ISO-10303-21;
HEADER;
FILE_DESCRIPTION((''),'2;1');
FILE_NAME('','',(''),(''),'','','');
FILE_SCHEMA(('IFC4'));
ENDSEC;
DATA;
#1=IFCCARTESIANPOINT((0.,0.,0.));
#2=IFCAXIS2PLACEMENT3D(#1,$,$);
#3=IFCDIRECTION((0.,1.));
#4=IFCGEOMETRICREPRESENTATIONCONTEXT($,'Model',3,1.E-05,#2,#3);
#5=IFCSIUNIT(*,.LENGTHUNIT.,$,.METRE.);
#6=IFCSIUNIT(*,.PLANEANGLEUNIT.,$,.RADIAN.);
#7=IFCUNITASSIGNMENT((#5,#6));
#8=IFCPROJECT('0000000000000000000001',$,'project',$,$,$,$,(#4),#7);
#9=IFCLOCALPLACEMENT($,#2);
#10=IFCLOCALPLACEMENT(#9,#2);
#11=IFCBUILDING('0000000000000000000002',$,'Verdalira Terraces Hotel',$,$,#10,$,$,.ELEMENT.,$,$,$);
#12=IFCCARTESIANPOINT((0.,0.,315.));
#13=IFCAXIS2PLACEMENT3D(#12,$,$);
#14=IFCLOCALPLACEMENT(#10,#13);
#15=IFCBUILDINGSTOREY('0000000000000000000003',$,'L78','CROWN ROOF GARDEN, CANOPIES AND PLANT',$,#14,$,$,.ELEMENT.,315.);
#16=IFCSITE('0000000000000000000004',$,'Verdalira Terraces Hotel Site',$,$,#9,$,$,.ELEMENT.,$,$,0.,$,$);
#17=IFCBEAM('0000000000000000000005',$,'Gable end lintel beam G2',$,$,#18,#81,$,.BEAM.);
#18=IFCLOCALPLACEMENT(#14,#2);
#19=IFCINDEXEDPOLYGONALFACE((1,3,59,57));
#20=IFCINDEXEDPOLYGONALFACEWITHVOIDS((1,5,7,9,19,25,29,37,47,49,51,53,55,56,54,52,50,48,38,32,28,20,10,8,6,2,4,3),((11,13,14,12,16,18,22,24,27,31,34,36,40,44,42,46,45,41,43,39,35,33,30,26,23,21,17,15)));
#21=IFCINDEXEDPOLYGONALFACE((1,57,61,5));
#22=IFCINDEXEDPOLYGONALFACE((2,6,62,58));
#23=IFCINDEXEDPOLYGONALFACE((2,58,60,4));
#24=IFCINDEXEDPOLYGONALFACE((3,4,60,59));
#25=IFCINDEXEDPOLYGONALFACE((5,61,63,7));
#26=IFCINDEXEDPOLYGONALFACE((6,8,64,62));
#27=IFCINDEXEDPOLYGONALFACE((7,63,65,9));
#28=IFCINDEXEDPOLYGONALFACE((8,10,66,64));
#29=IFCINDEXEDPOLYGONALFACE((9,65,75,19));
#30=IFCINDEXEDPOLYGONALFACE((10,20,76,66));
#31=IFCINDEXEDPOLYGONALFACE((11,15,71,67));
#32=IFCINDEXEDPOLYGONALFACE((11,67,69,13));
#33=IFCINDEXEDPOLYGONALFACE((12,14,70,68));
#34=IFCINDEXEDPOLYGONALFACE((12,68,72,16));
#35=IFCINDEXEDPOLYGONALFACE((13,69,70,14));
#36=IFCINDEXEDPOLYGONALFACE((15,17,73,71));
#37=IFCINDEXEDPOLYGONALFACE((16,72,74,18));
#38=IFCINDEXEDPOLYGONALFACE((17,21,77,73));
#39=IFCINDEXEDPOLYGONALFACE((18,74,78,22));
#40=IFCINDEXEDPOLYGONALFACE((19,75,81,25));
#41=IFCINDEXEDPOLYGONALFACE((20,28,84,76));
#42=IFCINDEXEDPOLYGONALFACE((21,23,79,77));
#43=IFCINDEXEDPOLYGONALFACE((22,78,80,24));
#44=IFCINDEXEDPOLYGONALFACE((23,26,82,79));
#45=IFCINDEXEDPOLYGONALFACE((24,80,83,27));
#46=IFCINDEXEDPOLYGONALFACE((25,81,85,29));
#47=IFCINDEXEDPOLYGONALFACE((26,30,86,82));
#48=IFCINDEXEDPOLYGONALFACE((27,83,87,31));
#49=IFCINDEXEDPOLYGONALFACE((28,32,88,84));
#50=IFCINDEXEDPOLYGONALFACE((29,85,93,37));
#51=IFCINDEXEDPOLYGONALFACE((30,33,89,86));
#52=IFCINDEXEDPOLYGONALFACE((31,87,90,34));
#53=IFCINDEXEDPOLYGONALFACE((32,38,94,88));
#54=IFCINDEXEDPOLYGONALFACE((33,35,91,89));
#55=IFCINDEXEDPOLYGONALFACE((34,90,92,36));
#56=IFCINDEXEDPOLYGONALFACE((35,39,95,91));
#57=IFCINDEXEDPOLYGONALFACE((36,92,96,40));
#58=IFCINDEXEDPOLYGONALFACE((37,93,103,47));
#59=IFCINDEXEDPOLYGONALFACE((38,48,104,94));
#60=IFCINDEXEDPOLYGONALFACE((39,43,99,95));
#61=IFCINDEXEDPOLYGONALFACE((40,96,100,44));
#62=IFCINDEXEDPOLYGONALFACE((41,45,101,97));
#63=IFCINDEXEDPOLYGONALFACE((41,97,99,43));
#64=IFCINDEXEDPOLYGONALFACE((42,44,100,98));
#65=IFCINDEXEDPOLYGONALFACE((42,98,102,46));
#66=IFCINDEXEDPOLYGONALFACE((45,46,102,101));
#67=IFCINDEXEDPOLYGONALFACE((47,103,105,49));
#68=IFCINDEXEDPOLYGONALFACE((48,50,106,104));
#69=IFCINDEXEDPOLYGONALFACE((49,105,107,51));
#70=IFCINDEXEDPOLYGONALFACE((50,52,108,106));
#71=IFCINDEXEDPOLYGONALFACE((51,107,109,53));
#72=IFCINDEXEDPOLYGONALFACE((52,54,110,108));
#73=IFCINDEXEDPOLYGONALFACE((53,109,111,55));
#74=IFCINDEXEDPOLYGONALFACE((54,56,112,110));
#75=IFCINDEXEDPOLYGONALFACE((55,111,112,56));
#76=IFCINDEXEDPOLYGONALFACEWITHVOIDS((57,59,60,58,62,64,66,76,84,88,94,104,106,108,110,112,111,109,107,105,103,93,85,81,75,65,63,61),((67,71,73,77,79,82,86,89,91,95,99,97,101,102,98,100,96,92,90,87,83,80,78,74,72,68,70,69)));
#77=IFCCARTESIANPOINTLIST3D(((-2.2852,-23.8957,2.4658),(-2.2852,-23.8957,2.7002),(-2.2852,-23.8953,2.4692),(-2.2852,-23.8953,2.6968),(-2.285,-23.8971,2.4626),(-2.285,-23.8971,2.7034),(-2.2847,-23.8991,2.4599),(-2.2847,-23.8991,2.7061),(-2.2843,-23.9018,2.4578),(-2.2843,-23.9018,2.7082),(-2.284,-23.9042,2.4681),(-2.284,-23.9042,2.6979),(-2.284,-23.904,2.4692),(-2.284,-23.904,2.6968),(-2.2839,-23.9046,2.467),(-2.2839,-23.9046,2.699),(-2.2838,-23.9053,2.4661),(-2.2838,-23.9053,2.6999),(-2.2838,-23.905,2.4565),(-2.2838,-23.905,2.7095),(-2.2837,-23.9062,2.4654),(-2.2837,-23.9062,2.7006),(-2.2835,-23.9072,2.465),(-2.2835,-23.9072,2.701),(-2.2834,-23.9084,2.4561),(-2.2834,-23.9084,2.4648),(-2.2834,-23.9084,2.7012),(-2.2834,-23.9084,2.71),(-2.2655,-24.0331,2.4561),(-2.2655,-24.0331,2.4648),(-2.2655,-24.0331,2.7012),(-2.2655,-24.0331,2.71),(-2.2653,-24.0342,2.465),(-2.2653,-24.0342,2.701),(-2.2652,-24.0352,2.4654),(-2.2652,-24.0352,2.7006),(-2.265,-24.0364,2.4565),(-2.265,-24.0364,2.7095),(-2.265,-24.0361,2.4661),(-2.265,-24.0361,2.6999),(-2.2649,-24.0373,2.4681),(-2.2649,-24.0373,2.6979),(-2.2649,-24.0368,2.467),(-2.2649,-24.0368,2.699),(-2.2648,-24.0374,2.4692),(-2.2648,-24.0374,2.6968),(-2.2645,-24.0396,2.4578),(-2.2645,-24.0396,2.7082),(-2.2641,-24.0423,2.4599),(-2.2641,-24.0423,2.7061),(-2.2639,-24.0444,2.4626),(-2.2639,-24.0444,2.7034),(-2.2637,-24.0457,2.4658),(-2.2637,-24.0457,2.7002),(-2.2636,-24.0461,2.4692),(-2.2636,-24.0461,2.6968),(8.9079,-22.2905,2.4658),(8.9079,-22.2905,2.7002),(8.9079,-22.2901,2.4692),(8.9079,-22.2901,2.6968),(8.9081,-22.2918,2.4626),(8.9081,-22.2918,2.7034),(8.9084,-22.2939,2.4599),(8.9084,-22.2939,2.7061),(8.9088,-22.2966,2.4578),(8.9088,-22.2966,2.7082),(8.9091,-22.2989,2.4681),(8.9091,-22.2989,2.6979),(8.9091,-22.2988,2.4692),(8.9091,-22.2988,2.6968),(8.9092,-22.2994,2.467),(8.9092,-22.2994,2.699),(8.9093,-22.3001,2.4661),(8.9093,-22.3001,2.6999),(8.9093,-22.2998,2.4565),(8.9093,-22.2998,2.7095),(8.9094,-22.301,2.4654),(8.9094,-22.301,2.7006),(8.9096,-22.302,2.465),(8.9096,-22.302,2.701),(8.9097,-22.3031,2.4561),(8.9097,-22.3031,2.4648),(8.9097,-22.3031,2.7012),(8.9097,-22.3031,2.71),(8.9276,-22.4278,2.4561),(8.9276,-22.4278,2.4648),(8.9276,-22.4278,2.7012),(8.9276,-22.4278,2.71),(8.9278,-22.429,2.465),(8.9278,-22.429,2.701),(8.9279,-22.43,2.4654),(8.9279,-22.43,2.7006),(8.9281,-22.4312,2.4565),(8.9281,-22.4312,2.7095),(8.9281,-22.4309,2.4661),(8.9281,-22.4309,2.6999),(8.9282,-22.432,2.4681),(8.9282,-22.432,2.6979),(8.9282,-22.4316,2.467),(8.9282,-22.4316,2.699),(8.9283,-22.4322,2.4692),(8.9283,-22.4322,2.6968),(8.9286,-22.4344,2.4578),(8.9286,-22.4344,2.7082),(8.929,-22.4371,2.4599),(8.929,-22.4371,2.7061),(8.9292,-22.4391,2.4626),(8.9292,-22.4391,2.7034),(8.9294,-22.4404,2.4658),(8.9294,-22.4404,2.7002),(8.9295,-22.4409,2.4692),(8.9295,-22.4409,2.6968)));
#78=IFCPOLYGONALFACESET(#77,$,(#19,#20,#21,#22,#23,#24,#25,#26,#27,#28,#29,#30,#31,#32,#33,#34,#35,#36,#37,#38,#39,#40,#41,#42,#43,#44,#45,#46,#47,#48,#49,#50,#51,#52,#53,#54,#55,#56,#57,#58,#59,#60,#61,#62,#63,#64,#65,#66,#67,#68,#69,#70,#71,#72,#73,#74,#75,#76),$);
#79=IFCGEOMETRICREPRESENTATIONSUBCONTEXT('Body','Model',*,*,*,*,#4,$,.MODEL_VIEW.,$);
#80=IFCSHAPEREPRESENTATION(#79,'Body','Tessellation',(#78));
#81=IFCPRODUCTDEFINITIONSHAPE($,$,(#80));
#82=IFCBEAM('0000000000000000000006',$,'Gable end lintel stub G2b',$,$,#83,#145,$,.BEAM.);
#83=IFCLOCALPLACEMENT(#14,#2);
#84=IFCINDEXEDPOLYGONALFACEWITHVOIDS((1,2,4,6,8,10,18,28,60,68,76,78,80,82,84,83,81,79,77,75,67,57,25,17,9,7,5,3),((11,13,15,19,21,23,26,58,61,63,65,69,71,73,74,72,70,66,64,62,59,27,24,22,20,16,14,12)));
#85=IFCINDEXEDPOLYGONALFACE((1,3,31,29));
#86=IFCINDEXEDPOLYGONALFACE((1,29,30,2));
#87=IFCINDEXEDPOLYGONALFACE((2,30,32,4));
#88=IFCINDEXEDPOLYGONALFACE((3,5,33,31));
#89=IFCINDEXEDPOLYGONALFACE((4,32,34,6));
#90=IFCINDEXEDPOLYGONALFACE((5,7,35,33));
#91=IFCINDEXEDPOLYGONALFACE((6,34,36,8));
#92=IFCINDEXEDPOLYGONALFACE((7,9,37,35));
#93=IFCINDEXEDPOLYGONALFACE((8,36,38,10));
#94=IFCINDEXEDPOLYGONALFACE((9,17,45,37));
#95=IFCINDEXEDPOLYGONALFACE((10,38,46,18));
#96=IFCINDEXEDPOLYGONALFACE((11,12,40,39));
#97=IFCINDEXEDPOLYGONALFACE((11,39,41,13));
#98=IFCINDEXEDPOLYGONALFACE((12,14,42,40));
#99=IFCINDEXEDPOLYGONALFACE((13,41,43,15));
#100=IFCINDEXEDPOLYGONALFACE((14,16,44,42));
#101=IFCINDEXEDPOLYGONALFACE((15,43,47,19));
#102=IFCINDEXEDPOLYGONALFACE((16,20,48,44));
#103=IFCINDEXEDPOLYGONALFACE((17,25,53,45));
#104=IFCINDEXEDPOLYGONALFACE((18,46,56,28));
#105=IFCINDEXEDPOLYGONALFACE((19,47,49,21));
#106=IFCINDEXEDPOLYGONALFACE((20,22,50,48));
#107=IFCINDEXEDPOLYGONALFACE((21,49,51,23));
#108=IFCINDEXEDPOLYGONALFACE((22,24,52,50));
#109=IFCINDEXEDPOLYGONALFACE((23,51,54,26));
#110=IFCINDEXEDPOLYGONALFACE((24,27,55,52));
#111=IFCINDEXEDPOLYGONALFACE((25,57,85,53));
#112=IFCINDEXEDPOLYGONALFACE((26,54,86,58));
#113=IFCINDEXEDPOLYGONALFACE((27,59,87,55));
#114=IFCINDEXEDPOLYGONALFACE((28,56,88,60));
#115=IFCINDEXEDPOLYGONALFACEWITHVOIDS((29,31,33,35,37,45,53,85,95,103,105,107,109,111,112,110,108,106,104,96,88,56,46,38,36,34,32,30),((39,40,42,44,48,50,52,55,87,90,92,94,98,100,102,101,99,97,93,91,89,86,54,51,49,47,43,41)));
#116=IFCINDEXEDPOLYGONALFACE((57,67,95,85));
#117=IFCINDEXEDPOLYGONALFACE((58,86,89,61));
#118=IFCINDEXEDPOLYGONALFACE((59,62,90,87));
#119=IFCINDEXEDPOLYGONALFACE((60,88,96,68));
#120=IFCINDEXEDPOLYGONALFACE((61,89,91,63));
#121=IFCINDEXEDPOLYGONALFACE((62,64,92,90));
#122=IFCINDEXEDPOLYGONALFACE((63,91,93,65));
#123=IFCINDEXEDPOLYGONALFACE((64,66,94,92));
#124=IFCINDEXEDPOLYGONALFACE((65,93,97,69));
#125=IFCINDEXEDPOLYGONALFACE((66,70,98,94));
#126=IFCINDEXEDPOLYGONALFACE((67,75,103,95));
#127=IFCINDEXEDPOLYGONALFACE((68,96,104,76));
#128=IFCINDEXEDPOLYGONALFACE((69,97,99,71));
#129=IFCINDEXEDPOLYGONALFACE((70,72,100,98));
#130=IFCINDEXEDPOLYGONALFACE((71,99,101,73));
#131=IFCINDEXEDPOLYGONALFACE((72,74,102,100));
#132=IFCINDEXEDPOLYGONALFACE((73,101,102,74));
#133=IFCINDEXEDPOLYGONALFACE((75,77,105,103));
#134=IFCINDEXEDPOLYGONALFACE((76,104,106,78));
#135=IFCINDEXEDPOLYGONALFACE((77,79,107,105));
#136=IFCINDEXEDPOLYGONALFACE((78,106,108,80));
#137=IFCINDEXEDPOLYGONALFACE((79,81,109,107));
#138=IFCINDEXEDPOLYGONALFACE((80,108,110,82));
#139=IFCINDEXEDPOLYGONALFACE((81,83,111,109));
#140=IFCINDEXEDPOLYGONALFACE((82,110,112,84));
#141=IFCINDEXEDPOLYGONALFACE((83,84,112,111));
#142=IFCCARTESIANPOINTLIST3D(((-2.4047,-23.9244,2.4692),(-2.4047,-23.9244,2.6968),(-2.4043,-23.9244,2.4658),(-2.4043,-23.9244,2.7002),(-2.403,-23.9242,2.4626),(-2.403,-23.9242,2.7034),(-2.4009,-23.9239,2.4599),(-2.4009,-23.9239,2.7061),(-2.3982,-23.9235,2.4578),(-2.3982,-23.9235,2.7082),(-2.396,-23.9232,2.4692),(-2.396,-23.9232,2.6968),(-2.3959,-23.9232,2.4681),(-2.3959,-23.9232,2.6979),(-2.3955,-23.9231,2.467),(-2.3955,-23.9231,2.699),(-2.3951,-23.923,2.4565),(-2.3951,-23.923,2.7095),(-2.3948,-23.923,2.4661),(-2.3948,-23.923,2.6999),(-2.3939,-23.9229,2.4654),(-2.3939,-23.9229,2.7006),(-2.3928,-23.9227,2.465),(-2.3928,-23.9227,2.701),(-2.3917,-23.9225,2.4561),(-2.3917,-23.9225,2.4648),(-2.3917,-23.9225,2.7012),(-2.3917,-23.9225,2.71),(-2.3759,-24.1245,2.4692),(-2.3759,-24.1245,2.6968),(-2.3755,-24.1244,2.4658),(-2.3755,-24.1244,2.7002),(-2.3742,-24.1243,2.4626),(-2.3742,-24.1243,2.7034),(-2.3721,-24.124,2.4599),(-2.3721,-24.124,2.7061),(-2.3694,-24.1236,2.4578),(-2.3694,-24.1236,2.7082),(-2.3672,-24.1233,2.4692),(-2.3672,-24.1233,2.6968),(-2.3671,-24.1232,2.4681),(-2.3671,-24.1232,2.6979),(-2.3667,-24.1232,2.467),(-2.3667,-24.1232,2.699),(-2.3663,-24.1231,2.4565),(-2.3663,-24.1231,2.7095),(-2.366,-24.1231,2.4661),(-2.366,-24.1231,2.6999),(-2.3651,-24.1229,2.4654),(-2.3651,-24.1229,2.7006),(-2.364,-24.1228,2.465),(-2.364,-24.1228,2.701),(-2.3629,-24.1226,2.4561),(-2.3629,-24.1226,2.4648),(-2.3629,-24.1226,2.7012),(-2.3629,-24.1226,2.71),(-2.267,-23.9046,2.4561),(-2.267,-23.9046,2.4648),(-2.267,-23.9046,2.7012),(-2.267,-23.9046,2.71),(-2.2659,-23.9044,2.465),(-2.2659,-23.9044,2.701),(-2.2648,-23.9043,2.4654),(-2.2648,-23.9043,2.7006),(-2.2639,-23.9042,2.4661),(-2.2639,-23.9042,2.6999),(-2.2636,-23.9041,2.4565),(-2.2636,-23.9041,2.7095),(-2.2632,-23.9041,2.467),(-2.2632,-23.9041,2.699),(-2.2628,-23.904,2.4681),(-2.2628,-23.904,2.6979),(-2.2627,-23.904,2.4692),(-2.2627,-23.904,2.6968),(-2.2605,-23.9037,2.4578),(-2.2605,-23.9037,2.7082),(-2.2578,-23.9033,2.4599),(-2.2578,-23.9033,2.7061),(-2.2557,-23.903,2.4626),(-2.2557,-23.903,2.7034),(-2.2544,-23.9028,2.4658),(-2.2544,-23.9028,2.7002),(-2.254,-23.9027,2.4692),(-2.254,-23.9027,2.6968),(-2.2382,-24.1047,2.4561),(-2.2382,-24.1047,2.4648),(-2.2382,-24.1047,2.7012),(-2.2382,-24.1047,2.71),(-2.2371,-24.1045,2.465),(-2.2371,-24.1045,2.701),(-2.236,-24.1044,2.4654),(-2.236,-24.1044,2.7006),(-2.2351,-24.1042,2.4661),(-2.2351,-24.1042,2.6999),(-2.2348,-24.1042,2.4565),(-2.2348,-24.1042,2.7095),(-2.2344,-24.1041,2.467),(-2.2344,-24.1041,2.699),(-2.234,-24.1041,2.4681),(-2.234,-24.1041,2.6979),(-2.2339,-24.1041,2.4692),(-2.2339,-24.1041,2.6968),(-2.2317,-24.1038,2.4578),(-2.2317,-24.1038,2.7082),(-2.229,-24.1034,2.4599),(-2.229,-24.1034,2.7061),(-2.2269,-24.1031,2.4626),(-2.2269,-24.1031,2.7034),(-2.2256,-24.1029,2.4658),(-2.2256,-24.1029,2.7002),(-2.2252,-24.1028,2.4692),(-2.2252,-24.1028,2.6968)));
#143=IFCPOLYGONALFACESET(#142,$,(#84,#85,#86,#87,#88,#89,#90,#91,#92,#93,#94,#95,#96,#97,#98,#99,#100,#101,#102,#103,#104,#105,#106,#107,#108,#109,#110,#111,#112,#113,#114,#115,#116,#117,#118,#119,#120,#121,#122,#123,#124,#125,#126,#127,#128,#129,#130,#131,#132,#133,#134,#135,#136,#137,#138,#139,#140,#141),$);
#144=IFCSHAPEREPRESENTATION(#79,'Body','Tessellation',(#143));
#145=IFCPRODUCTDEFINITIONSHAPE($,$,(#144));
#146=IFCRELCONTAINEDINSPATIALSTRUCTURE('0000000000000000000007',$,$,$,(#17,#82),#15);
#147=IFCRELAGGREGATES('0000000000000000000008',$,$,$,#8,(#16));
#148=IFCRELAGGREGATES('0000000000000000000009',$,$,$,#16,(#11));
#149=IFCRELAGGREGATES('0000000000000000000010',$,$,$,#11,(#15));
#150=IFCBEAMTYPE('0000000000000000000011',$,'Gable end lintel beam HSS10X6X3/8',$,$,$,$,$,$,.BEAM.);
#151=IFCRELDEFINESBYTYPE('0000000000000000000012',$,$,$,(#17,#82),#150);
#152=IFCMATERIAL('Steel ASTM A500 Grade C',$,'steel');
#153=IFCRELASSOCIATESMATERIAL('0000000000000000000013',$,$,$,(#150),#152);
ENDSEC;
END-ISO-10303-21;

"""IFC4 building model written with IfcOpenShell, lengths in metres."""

from ifc_helpers import new_model, si_unit, direction, frame, origin, origin_2d, place, context, subcontext, project, spatial, hollow_rectangle, extrude, material, material_profile, profile_set, type_object, element, save


model = new_model("IFC4")

# Units and contexts
model_context = context("Model", 3, precision=1e-05, world=origin(), true_north=direction((0.0, 1.0)))
body_context = subcontext(model_context, "Body", "Model", "MODEL_VIEW")
ifc_project = project(units=[si_unit("LENGTHUNIT", "METRE"), si_unit("PLANEANGLEUNIT", "RADIAN")], contexts=[model_context])

# Site, building, storey
site_placement = place(None, origin())
site = spatial("IfcSite", under=ifc_project, at=site_placement, Name="Verdalira Terraces Hotel Site", CompositionType="ELEMENT", RefElevation=0.0)
building_placement = place(site_placement, origin())
building = spatial("IfcBuilding", under=site, at=building_placement, Name="Verdalira Terraces Hotel", CompositionType="ELEMENT")
storey_placement = place(building_placement, frame((0.0, 0.0, 315.0)))
storey = spatial("IfcBuildingStorey", under=building, at=storey_placement, Name="L78", Description="CROWN ROOF GARDEN, CANOPIES AND PLANT", CompositionType="ELEMENT", Elevation=315.0)

# Beams
ifc_material_1 = material(Name="Steel ASTM A500 Grade C", Category="steel")
ifc_material_profile_1 = material_profile(ifc_material_1, hollow_rectangle(XDim=0.1523, YDim=0.2539, WallThickness=0.0088, InnerFilletRadius=0.0044, OuterFilletRadius=0.0132, at=origin_2d()), Name="HSS10X6X3/8")
ifc_profile_set_1 = profile_set([ifc_material_profile_1], Name="Steel ASTM A500 Grade C")
beam_type_1 = type_object("IfcBeamType", Name="Gable end lintel beam HSS10X6X3/8", PredefinedType="BEAM", material=ifc_profile_set_1)
beam_1_placement = place(storey_placement, frame((-2.2744, -23.9707, 2.583), z_axis=(0.989872, 0.141959, 0.0), x_axis=(-0.141959, 0.989872, 0.0)))
element("IfcBeam", 1, at=beam_1_placement, inside=storey, type_object=beam_type_1, Name="Gable end lintel beam G2", PredefinedType="BEAM", context=body_context, shape_type="SweptSolid", body=[
    extrude(hollow_rectangle(XDim=0.1523, YDim=0.2539, WallThickness=0.0088, InnerFilletRadius=0.0044, OuterFilletRadius=0.0132, at=origin_2d()), origin(), (0.0, 0.0, 1.0), 11.3076),
])
beam_2_placement = place(storey_placement, frame((-2.3293, -23.9136, 2.583), z_axis=(0.142435, -0.989804, 0.0), x_axis=(0.989804, 0.142435, 0.0)))
element("IfcBeam", 2, at=beam_2_placement, inside=storey, type_object=beam_type_1, Name="Gable end lintel stub G2b", PredefinedType="BEAM", context=body_context, shape_type="SweptSolid", body=[
    extrude(hollow_rectangle(XDim=0.1523, YDim=0.2539, WallThickness=0.0088, InnerFilletRadius=0.0044, OuterFilletRadius=0.0132, at=origin_2d()), origin(), (0.0, 0.0, 1.0), 0.2021),
])

save(model, "model.ifc")
